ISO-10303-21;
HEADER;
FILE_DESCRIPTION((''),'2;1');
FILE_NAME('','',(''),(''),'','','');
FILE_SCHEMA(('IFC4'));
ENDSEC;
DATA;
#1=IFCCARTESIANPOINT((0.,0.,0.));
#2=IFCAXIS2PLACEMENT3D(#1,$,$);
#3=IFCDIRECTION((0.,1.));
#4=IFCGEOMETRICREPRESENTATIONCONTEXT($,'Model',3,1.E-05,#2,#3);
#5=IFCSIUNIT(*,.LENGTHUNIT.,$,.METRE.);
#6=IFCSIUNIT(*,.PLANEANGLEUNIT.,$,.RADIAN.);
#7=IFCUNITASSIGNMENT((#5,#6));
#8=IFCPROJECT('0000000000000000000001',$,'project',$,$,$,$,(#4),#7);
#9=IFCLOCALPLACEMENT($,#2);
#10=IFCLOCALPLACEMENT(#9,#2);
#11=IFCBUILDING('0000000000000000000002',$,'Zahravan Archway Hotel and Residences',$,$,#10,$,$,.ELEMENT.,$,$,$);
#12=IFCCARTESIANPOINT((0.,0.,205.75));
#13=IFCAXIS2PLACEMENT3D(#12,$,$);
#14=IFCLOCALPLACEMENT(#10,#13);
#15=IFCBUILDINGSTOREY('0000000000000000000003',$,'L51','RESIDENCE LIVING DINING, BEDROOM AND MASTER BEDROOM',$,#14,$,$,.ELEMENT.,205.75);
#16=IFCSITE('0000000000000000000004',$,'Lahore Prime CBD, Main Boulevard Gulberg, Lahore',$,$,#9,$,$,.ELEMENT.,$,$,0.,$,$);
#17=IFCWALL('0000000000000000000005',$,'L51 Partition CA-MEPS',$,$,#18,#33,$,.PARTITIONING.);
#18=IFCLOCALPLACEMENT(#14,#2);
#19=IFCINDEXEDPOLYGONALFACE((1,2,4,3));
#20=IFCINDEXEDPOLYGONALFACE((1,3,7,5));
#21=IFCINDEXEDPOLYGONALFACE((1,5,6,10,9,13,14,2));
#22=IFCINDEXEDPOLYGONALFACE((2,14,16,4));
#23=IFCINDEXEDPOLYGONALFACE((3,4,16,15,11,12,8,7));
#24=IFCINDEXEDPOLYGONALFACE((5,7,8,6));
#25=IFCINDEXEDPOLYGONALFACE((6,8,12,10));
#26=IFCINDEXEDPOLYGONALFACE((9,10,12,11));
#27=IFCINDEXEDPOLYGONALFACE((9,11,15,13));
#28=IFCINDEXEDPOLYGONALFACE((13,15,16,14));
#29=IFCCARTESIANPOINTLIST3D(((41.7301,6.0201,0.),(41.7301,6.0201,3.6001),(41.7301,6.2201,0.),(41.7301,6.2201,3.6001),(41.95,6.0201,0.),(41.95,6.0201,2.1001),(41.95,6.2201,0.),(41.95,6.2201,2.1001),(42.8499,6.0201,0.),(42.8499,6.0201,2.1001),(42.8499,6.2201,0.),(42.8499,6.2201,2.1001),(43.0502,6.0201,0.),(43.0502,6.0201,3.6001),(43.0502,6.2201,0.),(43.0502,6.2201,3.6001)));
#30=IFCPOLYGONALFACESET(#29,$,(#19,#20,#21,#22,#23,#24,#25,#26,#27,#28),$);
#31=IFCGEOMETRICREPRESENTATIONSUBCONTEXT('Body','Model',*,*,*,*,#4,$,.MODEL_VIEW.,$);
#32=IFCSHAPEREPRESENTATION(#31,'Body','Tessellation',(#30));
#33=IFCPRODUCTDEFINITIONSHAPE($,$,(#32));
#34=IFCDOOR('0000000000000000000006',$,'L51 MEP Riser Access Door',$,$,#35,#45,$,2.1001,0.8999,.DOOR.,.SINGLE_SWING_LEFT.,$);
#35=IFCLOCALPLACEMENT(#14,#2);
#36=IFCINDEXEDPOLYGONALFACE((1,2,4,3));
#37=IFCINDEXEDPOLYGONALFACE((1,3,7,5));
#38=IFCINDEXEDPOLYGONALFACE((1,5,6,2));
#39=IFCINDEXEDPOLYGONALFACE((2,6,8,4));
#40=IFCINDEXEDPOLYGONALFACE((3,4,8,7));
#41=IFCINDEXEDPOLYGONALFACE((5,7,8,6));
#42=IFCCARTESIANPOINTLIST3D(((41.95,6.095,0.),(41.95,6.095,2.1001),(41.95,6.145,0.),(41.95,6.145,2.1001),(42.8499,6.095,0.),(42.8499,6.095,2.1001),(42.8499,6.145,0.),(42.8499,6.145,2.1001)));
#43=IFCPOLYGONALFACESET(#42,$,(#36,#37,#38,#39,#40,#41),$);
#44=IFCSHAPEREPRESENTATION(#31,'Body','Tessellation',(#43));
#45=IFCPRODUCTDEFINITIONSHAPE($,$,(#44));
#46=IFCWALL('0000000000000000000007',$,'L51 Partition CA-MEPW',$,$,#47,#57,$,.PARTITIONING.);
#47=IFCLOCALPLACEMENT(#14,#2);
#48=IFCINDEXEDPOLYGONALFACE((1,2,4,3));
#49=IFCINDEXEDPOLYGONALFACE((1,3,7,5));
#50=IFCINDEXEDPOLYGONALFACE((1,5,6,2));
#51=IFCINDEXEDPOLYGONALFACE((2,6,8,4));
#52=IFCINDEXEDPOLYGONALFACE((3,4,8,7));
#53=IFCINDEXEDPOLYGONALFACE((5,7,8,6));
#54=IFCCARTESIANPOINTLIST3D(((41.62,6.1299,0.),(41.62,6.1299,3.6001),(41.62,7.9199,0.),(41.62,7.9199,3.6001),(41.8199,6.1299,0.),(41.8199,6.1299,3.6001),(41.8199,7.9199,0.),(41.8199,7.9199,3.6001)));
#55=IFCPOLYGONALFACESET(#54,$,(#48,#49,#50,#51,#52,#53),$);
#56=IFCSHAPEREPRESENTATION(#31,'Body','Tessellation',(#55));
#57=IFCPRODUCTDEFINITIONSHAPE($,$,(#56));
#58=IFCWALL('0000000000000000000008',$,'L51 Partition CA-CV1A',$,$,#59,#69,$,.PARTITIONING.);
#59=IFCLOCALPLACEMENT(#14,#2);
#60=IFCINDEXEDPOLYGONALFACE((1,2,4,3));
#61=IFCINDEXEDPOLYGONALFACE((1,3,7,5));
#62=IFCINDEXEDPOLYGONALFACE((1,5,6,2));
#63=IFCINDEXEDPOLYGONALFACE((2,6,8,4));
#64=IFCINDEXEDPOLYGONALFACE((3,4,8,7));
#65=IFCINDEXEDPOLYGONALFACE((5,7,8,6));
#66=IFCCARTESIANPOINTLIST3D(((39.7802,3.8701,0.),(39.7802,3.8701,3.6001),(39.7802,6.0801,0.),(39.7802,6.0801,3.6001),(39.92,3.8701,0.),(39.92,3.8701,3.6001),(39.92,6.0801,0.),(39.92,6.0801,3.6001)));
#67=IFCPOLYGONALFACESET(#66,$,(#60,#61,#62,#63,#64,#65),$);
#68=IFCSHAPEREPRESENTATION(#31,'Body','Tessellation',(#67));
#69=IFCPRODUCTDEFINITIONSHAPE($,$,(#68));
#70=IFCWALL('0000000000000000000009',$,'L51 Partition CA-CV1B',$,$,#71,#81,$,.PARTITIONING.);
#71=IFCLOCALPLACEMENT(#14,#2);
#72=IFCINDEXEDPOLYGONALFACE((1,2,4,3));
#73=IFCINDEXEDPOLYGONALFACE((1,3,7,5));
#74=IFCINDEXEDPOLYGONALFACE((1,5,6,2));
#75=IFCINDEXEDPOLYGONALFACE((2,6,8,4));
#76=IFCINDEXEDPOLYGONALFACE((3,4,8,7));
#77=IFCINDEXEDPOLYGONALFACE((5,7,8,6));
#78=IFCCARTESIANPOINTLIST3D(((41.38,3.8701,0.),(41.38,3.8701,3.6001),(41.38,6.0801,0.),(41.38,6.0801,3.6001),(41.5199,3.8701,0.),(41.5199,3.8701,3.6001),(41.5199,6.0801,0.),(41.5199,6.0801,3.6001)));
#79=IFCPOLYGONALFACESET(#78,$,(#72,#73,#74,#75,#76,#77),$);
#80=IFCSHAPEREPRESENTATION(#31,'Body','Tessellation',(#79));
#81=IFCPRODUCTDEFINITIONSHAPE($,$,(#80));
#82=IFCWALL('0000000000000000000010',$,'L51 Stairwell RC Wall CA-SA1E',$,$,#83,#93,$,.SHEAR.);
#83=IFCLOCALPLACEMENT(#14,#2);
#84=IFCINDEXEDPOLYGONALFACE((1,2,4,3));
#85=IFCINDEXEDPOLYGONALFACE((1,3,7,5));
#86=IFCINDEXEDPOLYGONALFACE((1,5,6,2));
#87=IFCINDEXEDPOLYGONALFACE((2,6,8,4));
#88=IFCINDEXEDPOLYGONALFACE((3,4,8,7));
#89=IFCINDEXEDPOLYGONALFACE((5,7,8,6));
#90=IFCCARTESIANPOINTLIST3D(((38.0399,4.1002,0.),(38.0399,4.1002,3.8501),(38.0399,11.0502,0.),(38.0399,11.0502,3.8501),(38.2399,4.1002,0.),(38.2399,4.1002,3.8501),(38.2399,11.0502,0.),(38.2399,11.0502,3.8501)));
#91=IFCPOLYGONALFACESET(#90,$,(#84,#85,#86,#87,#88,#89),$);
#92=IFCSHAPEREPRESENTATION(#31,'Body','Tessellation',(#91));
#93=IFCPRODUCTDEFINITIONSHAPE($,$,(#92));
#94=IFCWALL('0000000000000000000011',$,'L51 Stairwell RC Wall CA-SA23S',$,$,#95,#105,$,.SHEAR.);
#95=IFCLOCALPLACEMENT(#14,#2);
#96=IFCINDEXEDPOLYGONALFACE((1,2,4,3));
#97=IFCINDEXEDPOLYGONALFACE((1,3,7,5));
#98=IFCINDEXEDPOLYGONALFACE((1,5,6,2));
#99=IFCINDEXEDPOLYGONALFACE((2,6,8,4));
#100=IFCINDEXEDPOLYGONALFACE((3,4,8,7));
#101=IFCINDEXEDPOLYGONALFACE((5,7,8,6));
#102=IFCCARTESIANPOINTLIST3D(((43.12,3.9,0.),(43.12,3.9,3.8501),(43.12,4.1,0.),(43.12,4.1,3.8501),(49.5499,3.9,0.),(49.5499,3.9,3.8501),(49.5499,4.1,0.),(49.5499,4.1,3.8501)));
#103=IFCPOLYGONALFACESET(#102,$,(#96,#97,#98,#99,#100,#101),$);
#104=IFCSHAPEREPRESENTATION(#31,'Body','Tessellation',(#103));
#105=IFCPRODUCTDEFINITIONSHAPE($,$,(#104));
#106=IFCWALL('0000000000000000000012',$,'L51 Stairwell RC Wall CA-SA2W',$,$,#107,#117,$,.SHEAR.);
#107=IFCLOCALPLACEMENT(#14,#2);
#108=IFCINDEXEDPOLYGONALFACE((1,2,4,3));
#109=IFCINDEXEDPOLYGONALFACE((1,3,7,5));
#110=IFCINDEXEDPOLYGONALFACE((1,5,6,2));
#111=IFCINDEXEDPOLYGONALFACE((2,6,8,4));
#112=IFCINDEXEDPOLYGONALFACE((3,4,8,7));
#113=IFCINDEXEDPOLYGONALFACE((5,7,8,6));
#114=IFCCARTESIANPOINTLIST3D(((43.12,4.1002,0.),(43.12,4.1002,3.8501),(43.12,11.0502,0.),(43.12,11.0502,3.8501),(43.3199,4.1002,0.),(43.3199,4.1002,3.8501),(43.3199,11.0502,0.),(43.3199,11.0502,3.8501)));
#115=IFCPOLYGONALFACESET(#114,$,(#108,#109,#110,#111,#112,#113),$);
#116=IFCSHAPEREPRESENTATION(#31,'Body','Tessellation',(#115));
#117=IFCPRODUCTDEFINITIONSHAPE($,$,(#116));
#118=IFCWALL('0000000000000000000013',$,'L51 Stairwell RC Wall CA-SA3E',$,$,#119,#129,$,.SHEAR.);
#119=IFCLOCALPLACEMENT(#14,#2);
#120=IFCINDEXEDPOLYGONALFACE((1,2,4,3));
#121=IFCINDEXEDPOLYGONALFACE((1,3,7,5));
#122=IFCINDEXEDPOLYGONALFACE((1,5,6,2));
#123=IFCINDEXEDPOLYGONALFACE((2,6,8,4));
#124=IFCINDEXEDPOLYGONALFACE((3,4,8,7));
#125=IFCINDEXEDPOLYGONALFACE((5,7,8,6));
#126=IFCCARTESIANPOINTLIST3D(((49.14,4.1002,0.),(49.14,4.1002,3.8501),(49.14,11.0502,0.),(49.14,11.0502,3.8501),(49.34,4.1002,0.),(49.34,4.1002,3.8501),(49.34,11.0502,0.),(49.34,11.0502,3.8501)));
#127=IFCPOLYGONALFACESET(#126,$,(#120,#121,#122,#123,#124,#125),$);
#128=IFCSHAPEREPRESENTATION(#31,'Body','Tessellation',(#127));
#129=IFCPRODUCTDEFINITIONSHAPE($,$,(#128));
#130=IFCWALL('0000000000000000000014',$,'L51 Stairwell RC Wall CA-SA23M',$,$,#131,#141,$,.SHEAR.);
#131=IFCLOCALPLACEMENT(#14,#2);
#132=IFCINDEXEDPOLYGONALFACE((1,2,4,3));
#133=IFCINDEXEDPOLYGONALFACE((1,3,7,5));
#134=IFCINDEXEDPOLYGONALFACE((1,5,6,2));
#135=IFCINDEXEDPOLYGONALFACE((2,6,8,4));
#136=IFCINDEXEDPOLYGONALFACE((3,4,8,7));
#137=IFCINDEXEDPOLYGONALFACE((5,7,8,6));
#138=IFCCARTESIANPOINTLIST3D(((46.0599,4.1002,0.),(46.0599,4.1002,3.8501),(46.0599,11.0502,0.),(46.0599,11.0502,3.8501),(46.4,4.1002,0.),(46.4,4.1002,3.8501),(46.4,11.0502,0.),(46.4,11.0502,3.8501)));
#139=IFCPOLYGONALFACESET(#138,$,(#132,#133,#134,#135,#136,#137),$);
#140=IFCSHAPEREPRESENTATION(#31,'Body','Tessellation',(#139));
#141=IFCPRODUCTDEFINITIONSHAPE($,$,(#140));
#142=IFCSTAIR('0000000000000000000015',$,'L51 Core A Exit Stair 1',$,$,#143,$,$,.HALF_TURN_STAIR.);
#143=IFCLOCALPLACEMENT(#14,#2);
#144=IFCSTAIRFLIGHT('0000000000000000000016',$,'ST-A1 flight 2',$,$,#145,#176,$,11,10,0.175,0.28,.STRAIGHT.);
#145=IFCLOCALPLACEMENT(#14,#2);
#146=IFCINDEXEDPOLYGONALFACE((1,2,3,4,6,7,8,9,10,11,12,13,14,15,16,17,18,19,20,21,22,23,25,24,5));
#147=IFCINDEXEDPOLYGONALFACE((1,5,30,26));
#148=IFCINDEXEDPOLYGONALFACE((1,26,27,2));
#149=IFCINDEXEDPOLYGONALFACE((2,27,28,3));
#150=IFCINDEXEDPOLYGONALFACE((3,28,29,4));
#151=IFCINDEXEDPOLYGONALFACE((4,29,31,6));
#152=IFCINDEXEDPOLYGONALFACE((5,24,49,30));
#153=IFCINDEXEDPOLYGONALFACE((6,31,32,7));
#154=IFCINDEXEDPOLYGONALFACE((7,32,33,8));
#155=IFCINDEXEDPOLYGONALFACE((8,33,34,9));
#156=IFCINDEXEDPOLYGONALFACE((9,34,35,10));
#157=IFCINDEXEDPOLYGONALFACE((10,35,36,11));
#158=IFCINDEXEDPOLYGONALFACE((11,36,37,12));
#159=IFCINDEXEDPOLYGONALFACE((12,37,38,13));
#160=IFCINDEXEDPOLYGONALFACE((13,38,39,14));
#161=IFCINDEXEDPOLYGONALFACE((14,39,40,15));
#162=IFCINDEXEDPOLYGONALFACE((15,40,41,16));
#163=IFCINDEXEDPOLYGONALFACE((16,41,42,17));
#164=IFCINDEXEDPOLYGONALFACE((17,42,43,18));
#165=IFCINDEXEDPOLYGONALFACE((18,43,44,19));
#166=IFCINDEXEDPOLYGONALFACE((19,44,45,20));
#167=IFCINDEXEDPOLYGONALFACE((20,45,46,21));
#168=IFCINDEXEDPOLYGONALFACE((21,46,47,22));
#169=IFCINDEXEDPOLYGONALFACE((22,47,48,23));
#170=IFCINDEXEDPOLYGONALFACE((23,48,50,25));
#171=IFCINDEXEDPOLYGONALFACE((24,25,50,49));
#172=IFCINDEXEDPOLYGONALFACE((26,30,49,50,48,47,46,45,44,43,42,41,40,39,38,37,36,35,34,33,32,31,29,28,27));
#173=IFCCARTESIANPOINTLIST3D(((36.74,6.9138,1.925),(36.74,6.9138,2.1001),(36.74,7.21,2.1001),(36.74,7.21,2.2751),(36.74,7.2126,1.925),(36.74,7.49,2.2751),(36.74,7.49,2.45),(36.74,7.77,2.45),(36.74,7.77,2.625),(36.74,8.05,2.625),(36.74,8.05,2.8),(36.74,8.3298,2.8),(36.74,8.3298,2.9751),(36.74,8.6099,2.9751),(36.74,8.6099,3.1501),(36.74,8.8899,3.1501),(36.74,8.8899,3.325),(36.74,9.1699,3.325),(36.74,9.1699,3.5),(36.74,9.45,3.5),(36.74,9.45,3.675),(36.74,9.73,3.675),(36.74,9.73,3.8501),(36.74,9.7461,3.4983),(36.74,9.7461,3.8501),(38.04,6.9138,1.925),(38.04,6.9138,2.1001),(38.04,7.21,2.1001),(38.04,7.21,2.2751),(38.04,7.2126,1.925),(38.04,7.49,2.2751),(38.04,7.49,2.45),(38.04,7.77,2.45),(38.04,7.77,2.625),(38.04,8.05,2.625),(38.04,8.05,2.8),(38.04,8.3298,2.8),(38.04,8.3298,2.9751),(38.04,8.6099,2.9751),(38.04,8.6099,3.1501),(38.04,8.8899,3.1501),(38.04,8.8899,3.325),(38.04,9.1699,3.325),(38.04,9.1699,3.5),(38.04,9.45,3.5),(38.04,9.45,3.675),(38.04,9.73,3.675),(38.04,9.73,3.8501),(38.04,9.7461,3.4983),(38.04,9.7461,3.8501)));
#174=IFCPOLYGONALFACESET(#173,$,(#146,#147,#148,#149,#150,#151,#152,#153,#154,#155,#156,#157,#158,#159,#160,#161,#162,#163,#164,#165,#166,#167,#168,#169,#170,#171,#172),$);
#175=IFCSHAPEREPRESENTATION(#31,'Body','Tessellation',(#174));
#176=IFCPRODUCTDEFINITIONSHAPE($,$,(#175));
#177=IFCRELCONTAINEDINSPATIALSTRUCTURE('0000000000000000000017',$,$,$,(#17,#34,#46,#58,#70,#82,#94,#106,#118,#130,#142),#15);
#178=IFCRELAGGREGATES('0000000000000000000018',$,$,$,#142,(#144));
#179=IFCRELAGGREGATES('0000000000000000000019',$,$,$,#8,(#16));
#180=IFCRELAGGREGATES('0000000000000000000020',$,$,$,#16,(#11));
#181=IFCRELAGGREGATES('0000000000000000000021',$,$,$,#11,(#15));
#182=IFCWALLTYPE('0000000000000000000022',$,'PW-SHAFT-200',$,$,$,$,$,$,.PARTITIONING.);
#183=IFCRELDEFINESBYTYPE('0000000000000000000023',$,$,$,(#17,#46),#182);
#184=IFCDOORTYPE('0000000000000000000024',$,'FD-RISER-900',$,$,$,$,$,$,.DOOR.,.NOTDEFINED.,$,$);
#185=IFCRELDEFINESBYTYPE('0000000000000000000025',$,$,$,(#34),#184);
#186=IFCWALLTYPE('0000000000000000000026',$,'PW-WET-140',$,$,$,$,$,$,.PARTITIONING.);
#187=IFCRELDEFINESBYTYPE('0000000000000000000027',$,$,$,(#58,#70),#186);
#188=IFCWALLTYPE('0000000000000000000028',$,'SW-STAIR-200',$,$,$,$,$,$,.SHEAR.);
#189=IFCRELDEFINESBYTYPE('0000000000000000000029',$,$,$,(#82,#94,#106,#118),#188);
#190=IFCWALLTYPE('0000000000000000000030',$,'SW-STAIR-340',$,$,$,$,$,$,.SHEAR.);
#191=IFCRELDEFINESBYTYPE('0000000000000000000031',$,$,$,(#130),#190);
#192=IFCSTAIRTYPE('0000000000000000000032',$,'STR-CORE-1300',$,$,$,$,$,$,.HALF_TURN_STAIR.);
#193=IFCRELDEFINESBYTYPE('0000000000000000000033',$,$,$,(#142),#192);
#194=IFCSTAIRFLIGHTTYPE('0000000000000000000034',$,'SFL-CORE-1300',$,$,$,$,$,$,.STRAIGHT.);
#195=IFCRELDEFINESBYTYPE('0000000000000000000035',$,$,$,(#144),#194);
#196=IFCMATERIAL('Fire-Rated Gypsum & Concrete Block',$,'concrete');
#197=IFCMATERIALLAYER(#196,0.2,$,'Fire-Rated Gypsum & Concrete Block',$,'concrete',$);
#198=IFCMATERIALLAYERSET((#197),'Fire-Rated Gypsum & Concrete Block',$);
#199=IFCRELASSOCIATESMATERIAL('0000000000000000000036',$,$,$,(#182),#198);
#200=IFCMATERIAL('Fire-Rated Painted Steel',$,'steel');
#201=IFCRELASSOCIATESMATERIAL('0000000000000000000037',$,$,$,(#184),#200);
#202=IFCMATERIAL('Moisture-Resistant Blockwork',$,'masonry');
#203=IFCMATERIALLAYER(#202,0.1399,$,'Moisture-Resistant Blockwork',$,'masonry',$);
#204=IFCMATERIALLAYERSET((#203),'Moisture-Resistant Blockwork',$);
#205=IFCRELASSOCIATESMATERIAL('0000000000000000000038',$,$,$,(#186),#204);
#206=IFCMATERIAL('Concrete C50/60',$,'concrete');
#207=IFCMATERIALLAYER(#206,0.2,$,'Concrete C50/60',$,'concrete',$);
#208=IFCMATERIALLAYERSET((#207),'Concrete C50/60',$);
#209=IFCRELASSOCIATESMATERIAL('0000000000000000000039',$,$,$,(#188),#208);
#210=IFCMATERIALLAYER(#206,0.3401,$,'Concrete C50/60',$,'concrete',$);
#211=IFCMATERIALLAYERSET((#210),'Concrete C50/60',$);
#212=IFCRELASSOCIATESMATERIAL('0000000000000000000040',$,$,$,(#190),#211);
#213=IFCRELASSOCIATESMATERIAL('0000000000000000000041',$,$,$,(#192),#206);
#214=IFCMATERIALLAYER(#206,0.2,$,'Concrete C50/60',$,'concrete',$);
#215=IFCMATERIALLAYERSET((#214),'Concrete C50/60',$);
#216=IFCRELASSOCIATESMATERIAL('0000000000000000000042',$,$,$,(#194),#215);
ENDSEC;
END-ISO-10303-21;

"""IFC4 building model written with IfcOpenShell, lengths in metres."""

from ifc_helpers import new_model, si_unit, direction, frame, frame_2d, origin, place, context, subcontext, project, spatial, polyline, rectangle, outline, extrude, source, transform, mapped, material, layer, layer_set, type_object, type_shapes, element, fill, aggregate, save


model = new_model("IFC4")

# Units and contexts
model_context = context("Model", 3, precision=1e-05, world=origin(), true_north=direction((0.0, 1.0)))
body_context = subcontext(model_context, "Body", "Model", "MODEL_VIEW")
ifc_project = project(units=[si_unit("LENGTHUNIT", "METRE"), si_unit("PLANEANGLEUNIT", "RADIAN")], contexts=[model_context])

# Site, building, storey
site_placement = place(None, origin())
site = spatial("IfcSite", under=ifc_project, at=site_placement, Name="Lahore Prime CBD, Main Boulevard Gulberg, Lahore", CompositionType="ELEMENT", RefElevation=0.0)
building_placement = place(site_placement, origin())
building = spatial("IfcBuilding", under=site, at=building_placement, Name="Zahravan Archway Hotel and Residences", CompositionType="ELEMENT")
storey_placement = place(building_placement, frame((0.0, 0.0, 205.75)))
storey = spatial("IfcBuildingStorey", under=building, at=storey_placement, Name="L51", Description="RESIDENCE LIVING DINING, BEDROOM AND MASTER BEDROOM", CompositionType="ELEMENT", Elevation=205.75)

# Shared definitions
ifc_material_1 = material(Name="Fire-Rated Gypsum & Concrete Block", Category="concrete")
ifc_layer_1 = layer(ifc_material_1, 0.2, Name="Fire-Rated Gypsum & Concrete Block", Category="concrete")
ifc_layer_set_1 = layer_set([ifc_layer_1], Name="Fire-Rated Gypsum & Concrete Block")
wall_type_1 = type_object("IfcWallType", Name="PW-SHAFT-200", PredefinedType="PARTITIONING", material=ifc_layer_set_1)
ifc_material_2 = material(Name="Fire-Rated Painted Steel", Category="steel")
door_type = type_object("IfcDoorType", Name="FD-RISER-900", OperationType="NOTDEFINED", PredefinedType="DOOR", material=ifc_material_2)
shared_shape_1 = source(origin(), body_context, "Body", "SweptSolid", [
    extrude(rectangle(XDim=0.8999, YDim=2.1001, at=frame_2d((0.45, 1.05))), frame((0.0, 0.0249, 0.0), z_axis=(0.0, -1.0, 0.0), x_axis=(1.0, 0.0, 0.0)), (0.0, 0.0, 1.0), 0.05),
])
type_shapes(door_type, [shared_shape_1])

# Wall, opening, door
wall_1_placement = place(storey_placement, frame((41.73, 6.1201, 0.0), z_axis=(0.0, 0.0, 1.0), x_axis=(1.0, 0.0, 0.0)))
wall_1 = element("IfcWall", 1, at=wall_1_placement, inside=storey, type_object=wall_type_1, Name="L51 Partition CA-MEPS", PredefinedType="PARTITIONING", context=body_context, shape_type="SweptSolid", body=[
    extrude(rectangle(XDim=1.3201, YDim=0.2, at=frame_2d((0.6602, 0.0))), origin(), (0.0, 0.0, 1.0), 3.6001),
])
opening_1_placement = place(wall_1_placement, frame((0.22, 0.0, 0.0)))
opening_1 = element("IfcOpeningElement", 2, at=opening_1_placement, cuts=wall_1, PredefinedType="OPENING", context=body_context, shape_type="SweptSolid", body=[
    extrude(rectangle(XDim=0.8999, YDim=2.1001, at=frame_2d((0.45, 1.05))), frame((0.0, 0.1099, 0.0), z_axis=(0.0, -1.0, 0.0), x_axis=(1.0, 0.0, 0.0)), (0.0, 0.0, 1.0), 0.22),
])
door_1_placement = place(opening_1_placement, origin())
door_1 = element("IfcDoor", 3, at=door_1_placement, inside=storey, type_object=door_type, Name="L51 MEP Riser Access Door", OperationType="SINGLE_SWING_LEFT", OverallHeight=2.1001, OverallWidth=0.8999, PredefinedType="DOOR", context=body_context, shape_type="MappedRepresentation", body=[
    mapped(shared_shape_1, transform((0.0, 0.0, 0.0), scale=1.0)),
])
fill(opening_1, door_1)

# Walls
wall_2_placement = place(storey_placement, frame((41.72, 6.1299, 0.0), z_axis=(0.0, 0.0, 1.0), x_axis=(0.0, 1.0, 0.0)))
element("IfcWall", 4, at=wall_2_placement, inside=storey, type_object=wall_type_1, Name="L51 Partition CA-MEPW", PredefinedType="PARTITIONING", context=body_context, shape_type="SweptSolid", body=[
    extrude(rectangle(XDim=1.79, YDim=0.2, at=frame_2d((0.895, 0.0))), origin(), (0.0, 0.0, 1.0), 3.6001),
])
ifc_material_3 = material(Name="Moisture-Resistant Blockwork", Category="masonry")
ifc_layer_2 = layer(ifc_material_3, 0.1399, Name="Moisture-Resistant Blockwork", Category="masonry")
ifc_layer_set_2 = layer_set([ifc_layer_2], Name="Moisture-Resistant Blockwork")
wall_type_2 = type_object("IfcWallType", Name="PW-WET-140", PredefinedType="PARTITIONING", material=ifc_layer_set_2)
for number, where, z_axis, x_axis, name in (
    (5, (39.8501, 3.8701, 0.0), (0.0, 0.0, 1.0), (0.0, 1.0, 0.0), "L51 Partition CA-CV1A"),
    (6, (41.45, 3.8701, 0.0), (0.0, 0.0, 1.0), (0.0, 1.0, 0.0), "L51 Partition CA-CV1B"),
):
    element("IfcWall", number, at=place(storey_placement, frame(where, z_axis=z_axis, x_axis=x_axis)), inside=storey, type_object=wall_type_2, Name=name, PredefinedType="PARTITIONING", context=body_context, shape_type="SweptSolid", body=[
        extrude(rectangle(XDim=2.21, YDim=0.1399, at=frame_2d((1.105, 0.0))), origin(), (0.0, 0.0, 1.0), 3.6001),
    ])
ifc_material_4 = material(Name="Concrete C50/60", Category="concrete")
ifc_layer_3 = layer(ifc_material_4, 0.2, Name="Concrete C50/60", Category="concrete")
ifc_layer_set_3 = layer_set([ifc_layer_3], Name="Concrete C50/60")
wall_type_3 = type_object("IfcWallType", Name="SW-STAIR-200", PredefinedType="SHEAR", material=ifc_layer_set_3)
wall_3_placement = place(storey_placement, frame((38.1399, 4.1001, 0.0), z_axis=(0.0, 0.0, 1.0), x_axis=(0.0, 1.0, 0.0)))
element("IfcWall", 7, at=wall_3_placement, inside=storey, type_object=wall_type_3, Name="L51 Stairwell RC Wall CA-SA1E", PredefinedType="SHEAR", context=body_context, shape_type="SweptSolid", body=[
    extrude(rectangle(XDim=6.95, YDim=0.2, at=frame_2d((3.4751, 0.0))), origin(), (0.0, 0.0, 1.0), 3.8501),
])
wall_4_placement = place(storey_placement, frame((43.1201, 4.0, 0.0), z_axis=(0.0, 0.0, 1.0), x_axis=(1.0, 0.0, 0.0)))
element("IfcWall", 8, at=wall_4_placement, inside=storey, type_object=wall_type_3, Name="L51 Stairwell RC Wall CA-SA23S", PredefinedType="SHEAR", context=body_context, shape_type="SweptSolid", body=[
    extrude(rectangle(XDim=6.4299, YDim=0.2, at=frame_2d((3.2148, 0.0))), origin(), (0.0, 0.0, 1.0), 3.8501),
])
for number, where, z_axis, x_axis, name in (
    (9, (43.22, 4.1001, 0.0), (0.0, 0.0, 1.0), (0.0, 1.0, 0.0), "L51 Stairwell RC Wall CA-SA2W"),
    (10, (49.24, 4.1001, 0.0), (0.0, 0.0, 1.0), (0.0, 1.0, 0.0), "L51 Stairwell RC Wall CA-SA3E"),
):
    element("IfcWall", number, at=place(storey_placement, frame(where, z_axis=z_axis, x_axis=x_axis)), inside=storey, type_object=wall_type_3, Name=name, PredefinedType="SHEAR", context=body_context, shape_type="SweptSolid", body=[
        extrude(rectangle(XDim=6.95, YDim=0.2, at=frame_2d((3.4751, 0.0))), origin(), (0.0, 0.0, 1.0), 3.8501),
    ])
ifc_layer_4 = layer(ifc_material_4, 0.3401, Name="Concrete C50/60", Category="concrete")
ifc_layer_set_4 = layer_set([ifc_layer_4], Name="Concrete C50/60")
wall_type_4 = type_object("IfcWallType", Name="SW-STAIR-340", PredefinedType="SHEAR", material=ifc_layer_set_4)
wall_5_placement = place(storey_placement, frame((46.23, 4.1001, 0.0), z_axis=(0.0, 0.0, 1.0), x_axis=(0.0, 1.0, 0.0)))
element("IfcWall", 11, at=wall_5_placement, inside=storey, type_object=wall_type_4, Name="L51 Stairwell RC Wall CA-SA23M", PredefinedType="SHEAR", context=body_context, shape_type="SweptSolid", body=[
    extrude(rectangle(XDim=6.95, YDim=0.3401, at=frame_2d((3.4751, 0.0))), origin(), (0.0, 0.0, 1.0), 3.8501),
])

# Stair, stair flight
stair_type = type_object("IfcStairType", Name="STR-CORE-1300", PredefinedType="HALF_TURN_STAIR", material=ifc_material_4)
stair_1_placement = place(storey_placement, origin())
stair_1 = element("IfcStair", 12, at=stair_1_placement, inside=storey, type_object=stair_type, Name="L51 Core A Exit Stair 1", PredefinedType="HALF_TURN_STAIR")
ifc_layer_5 = layer(ifc_material_4, 0.2, Name="Concrete C50/60", Category="concrete")
ifc_layer_set_5 = layer_set([ifc_layer_5], Name="Concrete C50/60")
stair_flight_type = type_object("IfcStairFlightType", Name="SFL-CORE-1300", PredefinedType="STRAIGHT", material=ifc_layer_set_5)
shared_shape_2 = source(origin(), body_context, "Body", "SweptSolid", [
    extrude(outline(polyline([(-0.0161, 0.0), (-0.0161, 0.175), (0.28, 0.175), (0.28, 0.3501), (0.5601, 0.3501), (0.5601, 0.5249), (0.8401, 0.5249), (0.8401, 0.7), (1.1201, 0.7), (1.1201, 0.875), (1.3999, 0.875), (1.3999, 1.05), (1.6799, 1.05), (1.6799, 1.2251), (1.96, 1.2251), (1.96, 1.3999), (2.24, 1.3999), (2.24, 1.575), (2.52, 1.575), (2.52, 1.75), (2.8, 1.75), (2.8, 1.925), (2.8162, 1.925), (2.8162, 1.5732), (0.2827, 0.0), (-0.0161, 0.0)])), frame((0.0, 0.6499, 0.0), z_axis=(0.0, -1.0, 0.0), x_axis=(1.0, 0.0, 0.0)), (0.0, 0.0, 1.0), 1.3),
])
stair_flight_1_placement = place(storey_placement, frame((37.3899, 6.9299, 1.925), z_axis=(0.0, 0.0, 1.0), x_axis=(0.0, 1.0, 0.0)))
stair_flight_1 = element("IfcStairFlight", 13, at=stair_flight_1_placement, type_object=stair_flight_type, Name="ST-A1 flight 2", NumberOfRisers=11, NumberOfTreads=10, PredefinedType="STRAIGHT", RiserHeight=0.175, TreadLength=0.28, context=body_context, shape_type="MappedRepresentation", body=[
    mapped(shared_shape_2, transform((0.0, 0.0, 0.0), scale=1.0)),
])
aggregate(stair_1, [stair_flight_1])

save(model, "model.ifc")
